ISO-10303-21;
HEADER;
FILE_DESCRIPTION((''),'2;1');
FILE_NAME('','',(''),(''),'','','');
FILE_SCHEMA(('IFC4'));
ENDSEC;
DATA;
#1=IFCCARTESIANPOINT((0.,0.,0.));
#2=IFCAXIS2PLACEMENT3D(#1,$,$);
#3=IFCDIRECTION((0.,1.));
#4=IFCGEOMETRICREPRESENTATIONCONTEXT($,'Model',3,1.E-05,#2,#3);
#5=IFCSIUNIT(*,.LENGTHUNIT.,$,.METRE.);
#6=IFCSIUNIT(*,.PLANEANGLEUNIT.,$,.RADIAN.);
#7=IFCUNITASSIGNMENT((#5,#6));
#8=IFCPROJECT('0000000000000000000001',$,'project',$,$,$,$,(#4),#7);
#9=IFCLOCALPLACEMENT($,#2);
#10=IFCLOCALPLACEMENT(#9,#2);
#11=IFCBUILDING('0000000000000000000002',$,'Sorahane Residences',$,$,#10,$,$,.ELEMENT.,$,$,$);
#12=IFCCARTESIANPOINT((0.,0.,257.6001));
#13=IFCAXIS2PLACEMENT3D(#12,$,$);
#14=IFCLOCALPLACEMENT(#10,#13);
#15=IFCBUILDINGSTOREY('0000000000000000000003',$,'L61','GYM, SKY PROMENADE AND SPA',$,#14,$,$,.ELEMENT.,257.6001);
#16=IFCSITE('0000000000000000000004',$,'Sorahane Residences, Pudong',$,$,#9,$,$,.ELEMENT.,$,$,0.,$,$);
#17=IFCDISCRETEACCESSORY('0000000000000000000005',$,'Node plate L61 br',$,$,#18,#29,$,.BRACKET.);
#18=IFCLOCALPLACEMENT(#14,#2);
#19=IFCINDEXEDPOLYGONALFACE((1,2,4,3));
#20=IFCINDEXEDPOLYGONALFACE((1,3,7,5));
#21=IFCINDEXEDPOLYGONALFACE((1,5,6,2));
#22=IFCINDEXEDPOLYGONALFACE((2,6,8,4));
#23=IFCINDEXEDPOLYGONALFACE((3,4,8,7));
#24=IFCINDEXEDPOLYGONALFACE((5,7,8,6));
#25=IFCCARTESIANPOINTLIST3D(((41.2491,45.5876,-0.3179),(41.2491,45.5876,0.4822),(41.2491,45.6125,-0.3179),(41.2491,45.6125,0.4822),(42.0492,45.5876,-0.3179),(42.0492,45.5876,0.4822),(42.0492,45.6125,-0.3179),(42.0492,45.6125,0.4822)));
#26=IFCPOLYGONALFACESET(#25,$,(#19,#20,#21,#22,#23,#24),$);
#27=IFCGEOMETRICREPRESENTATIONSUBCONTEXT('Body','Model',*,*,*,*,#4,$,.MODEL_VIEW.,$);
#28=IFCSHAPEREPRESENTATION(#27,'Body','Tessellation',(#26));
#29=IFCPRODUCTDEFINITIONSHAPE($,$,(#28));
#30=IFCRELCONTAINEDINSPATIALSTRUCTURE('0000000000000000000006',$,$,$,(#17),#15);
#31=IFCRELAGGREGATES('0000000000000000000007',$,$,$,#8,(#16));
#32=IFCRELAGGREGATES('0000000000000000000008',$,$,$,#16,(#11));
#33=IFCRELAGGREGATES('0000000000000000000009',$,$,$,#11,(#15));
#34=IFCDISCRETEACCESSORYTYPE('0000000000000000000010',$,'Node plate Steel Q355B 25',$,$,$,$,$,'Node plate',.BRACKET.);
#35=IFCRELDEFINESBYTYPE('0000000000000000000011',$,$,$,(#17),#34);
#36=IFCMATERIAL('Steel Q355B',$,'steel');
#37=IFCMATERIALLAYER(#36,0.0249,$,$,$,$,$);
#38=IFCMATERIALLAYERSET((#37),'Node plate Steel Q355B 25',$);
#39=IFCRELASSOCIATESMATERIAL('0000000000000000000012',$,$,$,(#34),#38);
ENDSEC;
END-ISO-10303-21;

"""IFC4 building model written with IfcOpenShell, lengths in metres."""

from ifc_helpers import new_model, si_unit, direction, frame, origin, origin_2d, place, context, subcontext, project, spatial, rectangle, extrude, material, layer, layer_set, type_object, element, save


model = new_model("IFC4")

# Units and contexts
model_context = context("Model", 3, precision=1e-05, world=origin(), true_north=direction((0.0, 1.0)))
body_context = subcontext(model_context, "Body", "Model", "MODEL_VIEW")
ifc_project = project(units=[si_unit("LENGTHUNIT", "METRE"), si_unit("PLANEANGLEUNIT", "RADIAN")], contexts=[model_context])

# Site, building, storey
site_placement = place(None, origin())
site = spatial("IfcSite", under=ifc_project, at=site_placement, Name="Sorahane Residences, Pudong", CompositionType="ELEMENT", RefElevation=0.0)
building_placement = place(site_placement, origin())
building = spatial("IfcBuilding", under=site, at=building_placement, Name="Sorahane Residences", CompositionType="ELEMENT")
storey_placement = place(building_placement, frame((0.0, 0.0, 257.6001)))
storey = spatial("IfcBuildingStorey", under=building, at=storey_placement, Name="L61", Description="GYM, SKY PROMENADE AND SPA", CompositionType="ELEMENT", Elevation=257.6001)

# Discrete accessory
ifc_material_1 = material(Name="Steel Q355B", Category="steel")
ifc_layer_1 = layer(ifc_material_1, 0.0249)
ifc_layer_set_1 = layer_set([ifc_layer_1], Name="Node plate Steel Q355B 25")
discrete_accessory_type = type_object("IfcDiscreteAccessoryType", Name="Node plate Steel Q355B 25", ElementType="Node plate", PredefinedType="BRACKET", material=ifc_layer_set_1)
for number, where, z_axis, x_axis, name in (
    (1, (41.6492, 45.6001, -0.3179), (0.0, 0.0, 1.0), (1.0, 0.0, 0.0), "Node plate L61 br"),
):
    element("IfcDiscreteAccessory", number, at=place(storey_placement, frame(where, z_axis=z_axis, x_axis=x_axis)), inside=storey, type_object=discrete_accessory_type, Name=name, PredefinedType="BRACKET", context=body_context, shape_type="SweptSolid", body=[
        extrude(rectangle(XDim=0.8, YDim=0.0249, at=origin_2d()), origin(), (0.0, 0.0, 1.0), 0.8),
    ])

save(model, "model.ifc")
